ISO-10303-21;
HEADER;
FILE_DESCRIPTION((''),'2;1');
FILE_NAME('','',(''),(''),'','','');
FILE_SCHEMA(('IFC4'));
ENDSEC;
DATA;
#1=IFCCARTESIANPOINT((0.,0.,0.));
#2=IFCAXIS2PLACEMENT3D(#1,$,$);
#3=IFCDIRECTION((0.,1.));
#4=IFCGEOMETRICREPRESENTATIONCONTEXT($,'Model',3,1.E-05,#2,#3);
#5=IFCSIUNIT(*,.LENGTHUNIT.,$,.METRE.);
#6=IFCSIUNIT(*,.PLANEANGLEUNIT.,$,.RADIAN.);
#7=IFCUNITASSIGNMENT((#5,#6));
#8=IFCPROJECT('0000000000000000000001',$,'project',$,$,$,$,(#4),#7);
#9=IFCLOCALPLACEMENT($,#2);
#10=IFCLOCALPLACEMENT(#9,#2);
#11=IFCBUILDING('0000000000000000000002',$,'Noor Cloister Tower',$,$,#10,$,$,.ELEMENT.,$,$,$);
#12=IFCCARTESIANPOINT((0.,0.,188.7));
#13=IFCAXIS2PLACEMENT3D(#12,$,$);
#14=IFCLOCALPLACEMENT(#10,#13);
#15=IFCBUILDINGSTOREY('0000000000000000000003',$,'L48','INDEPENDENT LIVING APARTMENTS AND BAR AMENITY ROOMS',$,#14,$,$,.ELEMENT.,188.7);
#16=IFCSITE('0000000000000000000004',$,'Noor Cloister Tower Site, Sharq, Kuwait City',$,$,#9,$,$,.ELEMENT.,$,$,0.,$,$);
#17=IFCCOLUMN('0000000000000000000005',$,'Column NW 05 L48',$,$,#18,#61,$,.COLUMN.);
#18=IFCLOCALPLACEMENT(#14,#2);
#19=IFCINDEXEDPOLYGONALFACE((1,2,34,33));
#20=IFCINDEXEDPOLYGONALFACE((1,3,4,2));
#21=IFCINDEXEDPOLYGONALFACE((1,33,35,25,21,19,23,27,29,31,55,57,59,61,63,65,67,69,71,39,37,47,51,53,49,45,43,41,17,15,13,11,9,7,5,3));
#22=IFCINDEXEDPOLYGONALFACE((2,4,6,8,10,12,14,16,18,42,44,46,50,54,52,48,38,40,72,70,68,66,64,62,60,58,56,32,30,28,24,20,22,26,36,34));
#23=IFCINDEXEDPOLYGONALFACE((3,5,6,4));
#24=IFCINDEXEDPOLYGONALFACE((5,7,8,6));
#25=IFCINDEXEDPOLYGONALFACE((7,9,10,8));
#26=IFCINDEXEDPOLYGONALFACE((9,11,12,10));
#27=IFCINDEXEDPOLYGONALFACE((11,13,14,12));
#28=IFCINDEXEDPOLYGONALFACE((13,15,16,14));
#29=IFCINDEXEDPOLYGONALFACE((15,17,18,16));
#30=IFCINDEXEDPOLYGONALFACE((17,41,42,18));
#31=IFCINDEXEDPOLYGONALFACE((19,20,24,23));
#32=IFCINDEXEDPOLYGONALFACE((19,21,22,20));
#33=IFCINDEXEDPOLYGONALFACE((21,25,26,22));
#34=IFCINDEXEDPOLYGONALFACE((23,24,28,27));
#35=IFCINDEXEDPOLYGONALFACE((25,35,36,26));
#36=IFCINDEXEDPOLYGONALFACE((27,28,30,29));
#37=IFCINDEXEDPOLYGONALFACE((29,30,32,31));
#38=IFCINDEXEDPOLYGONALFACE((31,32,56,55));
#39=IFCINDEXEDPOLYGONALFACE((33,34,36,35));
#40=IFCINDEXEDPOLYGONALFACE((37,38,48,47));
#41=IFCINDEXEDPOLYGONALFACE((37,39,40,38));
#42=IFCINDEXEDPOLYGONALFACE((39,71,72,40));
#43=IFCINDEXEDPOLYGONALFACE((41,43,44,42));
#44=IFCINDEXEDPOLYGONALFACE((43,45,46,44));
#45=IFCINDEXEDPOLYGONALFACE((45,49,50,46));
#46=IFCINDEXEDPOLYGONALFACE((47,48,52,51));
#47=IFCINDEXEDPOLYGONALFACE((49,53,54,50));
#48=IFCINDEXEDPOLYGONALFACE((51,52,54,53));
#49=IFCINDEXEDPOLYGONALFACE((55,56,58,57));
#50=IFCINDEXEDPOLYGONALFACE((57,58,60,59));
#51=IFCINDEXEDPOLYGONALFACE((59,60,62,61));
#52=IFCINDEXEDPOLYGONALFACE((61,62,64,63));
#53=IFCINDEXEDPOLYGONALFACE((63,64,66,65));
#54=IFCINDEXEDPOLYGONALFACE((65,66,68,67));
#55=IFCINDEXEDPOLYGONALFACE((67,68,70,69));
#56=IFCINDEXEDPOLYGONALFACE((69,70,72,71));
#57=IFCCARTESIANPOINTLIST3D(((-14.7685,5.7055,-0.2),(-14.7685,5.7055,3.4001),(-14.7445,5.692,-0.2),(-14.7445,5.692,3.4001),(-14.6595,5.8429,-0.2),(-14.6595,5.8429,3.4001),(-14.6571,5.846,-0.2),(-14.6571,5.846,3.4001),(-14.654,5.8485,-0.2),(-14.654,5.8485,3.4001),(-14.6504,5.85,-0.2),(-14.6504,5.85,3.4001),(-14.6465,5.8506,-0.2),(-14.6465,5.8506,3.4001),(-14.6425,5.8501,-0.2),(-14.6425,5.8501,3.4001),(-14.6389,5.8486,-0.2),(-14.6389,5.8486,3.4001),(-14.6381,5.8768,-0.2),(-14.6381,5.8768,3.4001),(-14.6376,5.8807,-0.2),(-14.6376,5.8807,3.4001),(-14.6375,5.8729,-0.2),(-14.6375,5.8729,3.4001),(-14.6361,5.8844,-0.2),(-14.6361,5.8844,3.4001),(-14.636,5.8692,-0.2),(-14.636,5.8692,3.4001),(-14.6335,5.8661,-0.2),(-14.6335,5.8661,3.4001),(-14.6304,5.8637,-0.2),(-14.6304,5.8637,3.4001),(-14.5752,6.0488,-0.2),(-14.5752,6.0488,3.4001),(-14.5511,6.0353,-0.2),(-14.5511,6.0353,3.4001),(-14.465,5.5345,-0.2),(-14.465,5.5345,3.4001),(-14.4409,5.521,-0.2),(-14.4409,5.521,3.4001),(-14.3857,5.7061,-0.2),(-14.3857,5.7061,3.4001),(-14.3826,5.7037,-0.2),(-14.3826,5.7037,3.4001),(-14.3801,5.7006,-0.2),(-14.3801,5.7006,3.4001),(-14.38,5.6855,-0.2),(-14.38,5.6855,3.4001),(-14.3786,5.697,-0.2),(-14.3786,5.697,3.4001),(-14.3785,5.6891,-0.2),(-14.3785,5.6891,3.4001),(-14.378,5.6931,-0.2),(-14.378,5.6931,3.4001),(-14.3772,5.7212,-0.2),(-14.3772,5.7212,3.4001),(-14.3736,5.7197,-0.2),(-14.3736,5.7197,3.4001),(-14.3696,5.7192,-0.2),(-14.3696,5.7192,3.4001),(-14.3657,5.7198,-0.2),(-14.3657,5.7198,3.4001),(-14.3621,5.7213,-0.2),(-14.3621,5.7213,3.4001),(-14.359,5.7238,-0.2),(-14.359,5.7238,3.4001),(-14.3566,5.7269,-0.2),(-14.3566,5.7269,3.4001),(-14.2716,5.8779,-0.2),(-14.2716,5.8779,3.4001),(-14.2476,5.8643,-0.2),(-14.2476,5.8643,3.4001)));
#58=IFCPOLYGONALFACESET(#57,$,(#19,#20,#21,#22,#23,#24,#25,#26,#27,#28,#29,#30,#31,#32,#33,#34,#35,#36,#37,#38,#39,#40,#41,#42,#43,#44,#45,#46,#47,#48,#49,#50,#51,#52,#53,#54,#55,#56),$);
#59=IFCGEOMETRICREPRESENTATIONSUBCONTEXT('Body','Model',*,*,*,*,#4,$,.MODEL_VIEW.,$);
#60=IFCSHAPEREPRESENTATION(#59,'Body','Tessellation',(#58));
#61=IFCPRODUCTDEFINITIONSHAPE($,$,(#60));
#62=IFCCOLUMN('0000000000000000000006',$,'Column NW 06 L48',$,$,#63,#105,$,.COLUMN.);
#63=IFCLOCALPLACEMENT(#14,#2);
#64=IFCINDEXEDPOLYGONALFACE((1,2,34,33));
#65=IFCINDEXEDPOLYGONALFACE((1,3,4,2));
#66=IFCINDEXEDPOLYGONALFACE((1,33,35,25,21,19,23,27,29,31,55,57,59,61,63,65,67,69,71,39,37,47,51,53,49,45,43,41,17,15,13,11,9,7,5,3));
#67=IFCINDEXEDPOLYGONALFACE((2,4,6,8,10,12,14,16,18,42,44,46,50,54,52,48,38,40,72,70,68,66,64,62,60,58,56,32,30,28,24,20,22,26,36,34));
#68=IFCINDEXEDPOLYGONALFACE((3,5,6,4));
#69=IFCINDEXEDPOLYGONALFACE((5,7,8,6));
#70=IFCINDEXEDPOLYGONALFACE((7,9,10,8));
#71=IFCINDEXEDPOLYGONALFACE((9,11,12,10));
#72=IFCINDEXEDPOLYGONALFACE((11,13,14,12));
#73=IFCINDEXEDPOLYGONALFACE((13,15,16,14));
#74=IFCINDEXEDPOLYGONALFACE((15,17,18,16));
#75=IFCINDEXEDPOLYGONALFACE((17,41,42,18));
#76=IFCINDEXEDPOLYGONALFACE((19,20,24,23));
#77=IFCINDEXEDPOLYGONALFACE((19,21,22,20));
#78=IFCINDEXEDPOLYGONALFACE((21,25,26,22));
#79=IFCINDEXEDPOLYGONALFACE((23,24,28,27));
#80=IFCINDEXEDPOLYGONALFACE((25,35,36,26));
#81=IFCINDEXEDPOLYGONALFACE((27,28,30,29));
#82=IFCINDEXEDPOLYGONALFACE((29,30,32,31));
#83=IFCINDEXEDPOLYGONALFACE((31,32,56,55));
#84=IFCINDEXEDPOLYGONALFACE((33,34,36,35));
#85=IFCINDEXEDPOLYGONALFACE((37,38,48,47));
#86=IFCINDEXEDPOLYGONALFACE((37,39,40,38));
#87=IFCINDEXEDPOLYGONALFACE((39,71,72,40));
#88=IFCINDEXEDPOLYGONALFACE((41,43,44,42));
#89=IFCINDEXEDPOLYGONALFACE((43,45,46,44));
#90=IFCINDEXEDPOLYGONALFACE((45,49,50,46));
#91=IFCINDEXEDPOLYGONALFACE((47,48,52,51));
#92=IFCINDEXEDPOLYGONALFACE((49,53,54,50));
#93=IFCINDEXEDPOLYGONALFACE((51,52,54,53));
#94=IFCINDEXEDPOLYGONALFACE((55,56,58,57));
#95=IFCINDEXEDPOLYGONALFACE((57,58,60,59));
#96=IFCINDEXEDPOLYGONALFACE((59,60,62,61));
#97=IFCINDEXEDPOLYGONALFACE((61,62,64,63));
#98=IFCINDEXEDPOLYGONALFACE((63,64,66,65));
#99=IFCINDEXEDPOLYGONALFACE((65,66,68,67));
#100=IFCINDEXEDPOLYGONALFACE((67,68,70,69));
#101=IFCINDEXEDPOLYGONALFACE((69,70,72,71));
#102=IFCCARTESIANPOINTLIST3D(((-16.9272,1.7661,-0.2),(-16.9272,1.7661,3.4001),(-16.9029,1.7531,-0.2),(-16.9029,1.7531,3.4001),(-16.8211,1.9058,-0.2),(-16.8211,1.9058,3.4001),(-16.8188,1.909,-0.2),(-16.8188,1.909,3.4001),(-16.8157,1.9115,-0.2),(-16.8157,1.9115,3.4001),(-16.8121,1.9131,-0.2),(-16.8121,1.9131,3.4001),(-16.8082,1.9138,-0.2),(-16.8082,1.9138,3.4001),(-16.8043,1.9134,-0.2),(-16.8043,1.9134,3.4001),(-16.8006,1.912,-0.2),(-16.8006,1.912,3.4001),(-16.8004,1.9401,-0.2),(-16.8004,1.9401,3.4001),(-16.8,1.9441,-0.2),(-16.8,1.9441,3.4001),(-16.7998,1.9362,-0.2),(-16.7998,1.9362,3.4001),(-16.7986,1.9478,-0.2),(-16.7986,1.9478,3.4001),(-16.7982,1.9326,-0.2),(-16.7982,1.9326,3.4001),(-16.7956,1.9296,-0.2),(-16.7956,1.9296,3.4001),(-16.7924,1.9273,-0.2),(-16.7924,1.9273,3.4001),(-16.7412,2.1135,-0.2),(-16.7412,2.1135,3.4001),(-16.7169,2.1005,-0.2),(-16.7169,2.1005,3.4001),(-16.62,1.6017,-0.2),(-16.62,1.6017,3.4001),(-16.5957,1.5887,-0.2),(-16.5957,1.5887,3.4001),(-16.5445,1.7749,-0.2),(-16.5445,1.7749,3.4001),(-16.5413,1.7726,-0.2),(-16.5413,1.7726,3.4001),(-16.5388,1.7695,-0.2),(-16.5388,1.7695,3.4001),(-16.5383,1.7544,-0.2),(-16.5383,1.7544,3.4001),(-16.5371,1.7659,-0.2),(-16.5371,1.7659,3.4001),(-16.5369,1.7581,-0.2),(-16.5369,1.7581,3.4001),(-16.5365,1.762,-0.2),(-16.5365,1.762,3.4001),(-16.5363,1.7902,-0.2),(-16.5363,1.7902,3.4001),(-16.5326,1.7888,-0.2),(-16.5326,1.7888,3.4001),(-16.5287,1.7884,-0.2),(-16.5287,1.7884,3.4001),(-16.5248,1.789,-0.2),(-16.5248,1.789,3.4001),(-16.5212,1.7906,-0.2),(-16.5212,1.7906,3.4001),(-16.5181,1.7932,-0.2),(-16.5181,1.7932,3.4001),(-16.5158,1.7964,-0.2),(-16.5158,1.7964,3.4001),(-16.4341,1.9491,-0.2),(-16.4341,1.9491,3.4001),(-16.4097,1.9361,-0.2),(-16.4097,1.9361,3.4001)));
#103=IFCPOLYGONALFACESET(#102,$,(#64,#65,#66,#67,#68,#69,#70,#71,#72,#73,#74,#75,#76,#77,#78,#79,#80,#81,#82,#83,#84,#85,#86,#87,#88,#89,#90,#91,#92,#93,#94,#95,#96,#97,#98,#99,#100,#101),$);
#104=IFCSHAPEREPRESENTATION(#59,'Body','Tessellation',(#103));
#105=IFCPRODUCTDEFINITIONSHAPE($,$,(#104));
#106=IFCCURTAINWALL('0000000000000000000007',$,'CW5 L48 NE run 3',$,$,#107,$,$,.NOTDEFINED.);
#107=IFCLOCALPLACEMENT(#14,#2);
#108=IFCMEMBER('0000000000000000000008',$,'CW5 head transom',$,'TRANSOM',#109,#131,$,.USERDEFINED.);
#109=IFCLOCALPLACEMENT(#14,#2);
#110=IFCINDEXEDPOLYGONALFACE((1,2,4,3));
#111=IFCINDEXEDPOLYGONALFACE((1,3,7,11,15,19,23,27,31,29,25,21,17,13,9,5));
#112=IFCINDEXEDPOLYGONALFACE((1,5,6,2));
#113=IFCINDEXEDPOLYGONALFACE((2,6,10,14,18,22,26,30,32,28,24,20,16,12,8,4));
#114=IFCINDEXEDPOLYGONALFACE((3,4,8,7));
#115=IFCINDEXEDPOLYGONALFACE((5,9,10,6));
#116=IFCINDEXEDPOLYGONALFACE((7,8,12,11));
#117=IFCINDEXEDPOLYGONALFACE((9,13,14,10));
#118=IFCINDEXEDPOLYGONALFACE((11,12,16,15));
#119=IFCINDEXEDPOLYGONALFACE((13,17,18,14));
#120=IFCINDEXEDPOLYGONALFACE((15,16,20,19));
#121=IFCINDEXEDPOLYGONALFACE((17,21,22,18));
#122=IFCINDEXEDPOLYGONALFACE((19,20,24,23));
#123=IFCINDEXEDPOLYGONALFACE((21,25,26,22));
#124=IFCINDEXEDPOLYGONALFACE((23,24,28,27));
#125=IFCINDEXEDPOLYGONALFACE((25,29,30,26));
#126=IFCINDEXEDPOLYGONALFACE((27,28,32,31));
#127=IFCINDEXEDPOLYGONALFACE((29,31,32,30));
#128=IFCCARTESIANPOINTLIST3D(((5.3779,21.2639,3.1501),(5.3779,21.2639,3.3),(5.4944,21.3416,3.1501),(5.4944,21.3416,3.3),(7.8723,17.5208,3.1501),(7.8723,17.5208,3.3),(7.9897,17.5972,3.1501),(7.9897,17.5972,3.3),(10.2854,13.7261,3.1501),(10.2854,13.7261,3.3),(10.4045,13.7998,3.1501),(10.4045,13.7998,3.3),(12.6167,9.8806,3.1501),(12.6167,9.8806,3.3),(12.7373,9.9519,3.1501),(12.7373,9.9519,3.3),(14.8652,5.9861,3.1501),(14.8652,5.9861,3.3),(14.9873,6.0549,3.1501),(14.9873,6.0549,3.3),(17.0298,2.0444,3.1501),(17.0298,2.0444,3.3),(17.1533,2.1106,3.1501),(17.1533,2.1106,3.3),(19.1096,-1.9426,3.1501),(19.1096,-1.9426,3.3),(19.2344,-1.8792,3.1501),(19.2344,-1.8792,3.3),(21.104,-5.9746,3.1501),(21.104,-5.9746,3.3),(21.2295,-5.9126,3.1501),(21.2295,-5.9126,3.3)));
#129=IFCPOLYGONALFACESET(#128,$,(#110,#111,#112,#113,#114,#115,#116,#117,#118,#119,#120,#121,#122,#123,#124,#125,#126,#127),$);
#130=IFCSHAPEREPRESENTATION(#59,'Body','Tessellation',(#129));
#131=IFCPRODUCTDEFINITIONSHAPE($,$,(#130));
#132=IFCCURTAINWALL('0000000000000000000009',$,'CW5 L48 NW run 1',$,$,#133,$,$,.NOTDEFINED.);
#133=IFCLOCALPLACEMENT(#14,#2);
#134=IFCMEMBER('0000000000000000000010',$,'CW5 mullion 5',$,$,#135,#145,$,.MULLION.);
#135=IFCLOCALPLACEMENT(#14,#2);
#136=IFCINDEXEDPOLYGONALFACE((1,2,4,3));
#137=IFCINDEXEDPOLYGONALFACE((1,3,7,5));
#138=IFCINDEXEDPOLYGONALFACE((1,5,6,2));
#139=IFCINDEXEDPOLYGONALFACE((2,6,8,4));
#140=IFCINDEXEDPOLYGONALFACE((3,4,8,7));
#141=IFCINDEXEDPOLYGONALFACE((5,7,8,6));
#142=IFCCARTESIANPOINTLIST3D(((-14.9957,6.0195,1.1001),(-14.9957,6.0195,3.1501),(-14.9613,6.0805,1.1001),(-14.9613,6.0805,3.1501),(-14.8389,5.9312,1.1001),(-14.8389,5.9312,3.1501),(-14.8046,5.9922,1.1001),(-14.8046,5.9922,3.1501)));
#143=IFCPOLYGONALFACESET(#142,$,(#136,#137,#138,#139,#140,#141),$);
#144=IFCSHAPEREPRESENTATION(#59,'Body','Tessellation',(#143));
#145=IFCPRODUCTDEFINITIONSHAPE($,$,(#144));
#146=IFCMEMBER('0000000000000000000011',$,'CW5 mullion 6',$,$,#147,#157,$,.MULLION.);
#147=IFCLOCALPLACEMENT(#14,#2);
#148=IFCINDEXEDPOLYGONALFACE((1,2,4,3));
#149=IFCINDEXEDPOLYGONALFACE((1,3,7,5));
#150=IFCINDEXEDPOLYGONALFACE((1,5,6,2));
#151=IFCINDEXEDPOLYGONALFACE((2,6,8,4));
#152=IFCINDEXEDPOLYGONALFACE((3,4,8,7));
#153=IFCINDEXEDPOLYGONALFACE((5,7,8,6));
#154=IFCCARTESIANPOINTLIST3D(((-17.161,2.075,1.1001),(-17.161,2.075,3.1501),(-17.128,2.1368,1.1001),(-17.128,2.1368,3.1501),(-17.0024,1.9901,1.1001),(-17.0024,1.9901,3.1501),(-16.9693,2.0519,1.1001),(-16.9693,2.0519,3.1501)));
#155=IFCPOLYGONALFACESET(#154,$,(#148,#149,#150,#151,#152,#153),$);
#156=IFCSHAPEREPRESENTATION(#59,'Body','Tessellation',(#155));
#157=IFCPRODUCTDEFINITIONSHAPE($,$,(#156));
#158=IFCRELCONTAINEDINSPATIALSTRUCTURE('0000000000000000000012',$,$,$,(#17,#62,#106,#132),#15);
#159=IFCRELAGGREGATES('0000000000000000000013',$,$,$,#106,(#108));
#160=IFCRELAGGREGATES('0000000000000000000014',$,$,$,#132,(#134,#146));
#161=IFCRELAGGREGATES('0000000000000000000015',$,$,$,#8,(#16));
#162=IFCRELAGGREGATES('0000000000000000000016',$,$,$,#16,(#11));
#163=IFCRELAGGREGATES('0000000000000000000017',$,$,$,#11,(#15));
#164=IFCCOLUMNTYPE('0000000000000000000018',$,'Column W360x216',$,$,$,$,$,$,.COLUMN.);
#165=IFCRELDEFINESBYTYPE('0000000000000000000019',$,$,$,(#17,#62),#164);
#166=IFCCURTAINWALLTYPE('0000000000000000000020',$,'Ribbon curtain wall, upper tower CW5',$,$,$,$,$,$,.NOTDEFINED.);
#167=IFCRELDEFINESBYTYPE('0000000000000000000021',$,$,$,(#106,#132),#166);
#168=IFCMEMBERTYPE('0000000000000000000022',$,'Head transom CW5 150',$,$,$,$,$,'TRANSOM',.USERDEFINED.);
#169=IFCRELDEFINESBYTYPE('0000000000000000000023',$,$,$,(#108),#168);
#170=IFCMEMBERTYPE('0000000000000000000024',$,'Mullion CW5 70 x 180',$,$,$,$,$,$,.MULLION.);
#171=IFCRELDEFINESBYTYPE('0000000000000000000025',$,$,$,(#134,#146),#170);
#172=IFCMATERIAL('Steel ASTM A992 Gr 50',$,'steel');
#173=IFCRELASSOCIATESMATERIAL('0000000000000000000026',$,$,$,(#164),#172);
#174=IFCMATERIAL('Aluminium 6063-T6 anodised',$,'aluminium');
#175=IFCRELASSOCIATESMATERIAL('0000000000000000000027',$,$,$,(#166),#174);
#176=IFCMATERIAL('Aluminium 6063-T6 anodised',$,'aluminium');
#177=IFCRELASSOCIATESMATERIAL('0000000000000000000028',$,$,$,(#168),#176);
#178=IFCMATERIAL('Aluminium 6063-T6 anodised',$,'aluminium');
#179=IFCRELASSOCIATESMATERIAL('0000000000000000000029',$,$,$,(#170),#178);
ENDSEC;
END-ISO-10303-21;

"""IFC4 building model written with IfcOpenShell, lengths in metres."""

from ifc_helpers import new_model, si_unit, direction, frame, origin, origin_2d, place, context, subcontext, project, spatial, polyline, rectangle, i_section, outline, extrude, material, material_profile, profile_set, type_object, element, aggregate, save


model = new_model("IFC4")

# Units and contexts
model_context = context("Model", 3, precision=1e-05, world=origin(), true_north=direction((0.0, 1.0)))
body_context = subcontext(model_context, "Body", "Model", "MODEL_VIEW")
ifc_project = project(units=[si_unit("LENGTHUNIT", "METRE"), si_unit("PLANEANGLEUNIT", "RADIAN")], contexts=[model_context])

# Site, building, storey
site_placement = place(None, origin())
site = spatial("IfcSite", under=ifc_project, at=site_placement, Name="Noor Cloister Tower Site, Sharq, Kuwait City", CompositionType="ELEMENT", RefElevation=0.0)
building_placement = place(site_placement, origin())
building = spatial("IfcBuilding", under=site, at=building_placement, Name="Noor Cloister Tower", CompositionType="ELEMENT")
storey_placement = place(building_placement, frame((0.0, 0.0, 188.7)))
storey = spatial("IfcBuildingStorey", under=building, at=storey_placement, Name="L48", Description="INDEPENDENT LIVING APARTMENTS AND BAR AMENITY ROOMS", CompositionType="ELEMENT", Elevation=188.7)

# Columns
ifc_material_1 = material(Name="Steel ASTM A992 Gr 50", Category="steel")
ifc_material_profile_1 = material_profile(ifc_material_1, i_section(OverallWidth=0.394, OverallDepth=0.376, WebThickness=0.0173, FlangeThickness=0.0276, FilletRadius=0.0151, at=origin_2d()), Name="W360x216")
ifc_profile_set_1 = profile_set([ifc_material_profile_1], Name="Steel ASTM A992 Gr 50")
column_type = type_object("IfcColumnType", Name="Column W360x216", PredefinedType="COLUMN", material=ifc_profile_set_1)
for number, where, z_axis, x_axis, name in (
    (1, (-14.5081, 5.7849, -0.2), (0.0, 0.0, 1.0), (-0.490702, -0.871328, 0.0), "Column NW 05 L48"),
    (2, (-16.6685, 1.8511, -0.2), (0.0, 0.0, 1.0), (-0.471937, -0.881632, 0.0), "Column NW 06 L48"),
):
    element("IfcColumn", number, at=place(storey_placement, frame(where, z_axis=z_axis, x_axis=x_axis)), inside=storey, type_object=column_type, Name=name, PredefinedType="COLUMN", context=body_context, shape_type="SweptSolid", body=[
        extrude(i_section(OverallWidth=0.394, OverallDepth=0.376, WebThickness=0.0173, FlangeThickness=0.0276, FilletRadius=0.0151, at=origin_2d()), origin(), (0.0, 0.0, 1.0), 3.6001),
    ])

# Curtain wall, member
ifc_material_2 = material(Name="Aluminium 6063-T6 anodised", Category="aluminium")
curtain_wall_type = type_object("IfcCurtainWallType", Name="Ribbon curtain wall, upper tower CW5", PredefinedType="NOTDEFINED", material=ifc_material_2)
curtain_wall_1_placement = place(storey_placement, origin())
curtain_wall_1 = element("IfcCurtainWall", 3, at=curtain_wall_1_placement, inside=storey, type_object=curtain_wall_type, Name="CW5 L48 NE run 3", PredefinedType="NOTDEFINED")
ifc_material_3 = material(Name="Aluminium 6063-T6 anodised", Category="aluminium")
member_type_1 = type_object("IfcMemberType", Name="Head transom CW5 150", ElementType="TRANSOM", PredefinedType="USERDEFINED", material=ifc_material_3)
member_1_placement = place(storey_placement, frame((0.0, 0.0, 3.1501)))
member_1 = element("IfcMember", 4, at=member_1_placement, type_object=member_type_1, Name="CW5 head transom", ObjectType="TRANSOM", PredefinedType="USERDEFINED", context=body_context, shape_type="SweptSolid", body=[
    extrude(outline(polyline([(21.2295, -5.9126), (19.2344, -1.8792), (17.1533, 2.1106), (14.9873, 6.0549), (12.7373, 9.9519), (10.4045, 13.7998), (7.9897, 17.5972), (5.4944, 21.3416), (5.3779, 21.2639), (7.8723, 17.5208), (10.2854, 13.7261), (12.6167, 9.8806), (14.8652, 5.9861), (17.0298, 2.0444), (19.1096, -1.9426), (21.104, -5.9746), (21.2295, -5.9126)])), origin(), (0.0, 0.0, 1.0), 0.1499),
])
aggregate(curtain_wall_1, [member_1])

# Curtain wall, members
curtain_wall_2_placement = place(storey_placement, origin())
curtain_wall_2 = element("IfcCurtainWall", 5, at=curtain_wall_2_placement, inside=storey, type_object=curtain_wall_type, Name="CW5 L48 NW run 1", PredefinedType="NOTDEFINED")
ifc_material_4 = material(Name="Aluminium 6063-T6 anodised", Category="aluminium")
ifc_material_profile_2 = material_profile(ifc_material_4, rectangle(XDim=0.1799, YDim=0.0701, at=origin_2d()), Name="180 x 70 mullion")
ifc_profile_set_2 = profile_set([ifc_material_profile_2], Name="Aluminium 6063-T6 anodised")
member_type_2 = type_object("IfcMemberType", Name="Mullion CW5 70 x 180", PredefinedType="MULLION", material=ifc_profile_set_2)
member_2_placement = place(storey_placement, frame((-14.9001, 6.0059, 1.1001), z_axis=(0.0, 0.0, 1.0), x_axis=(0.871328, -0.490702, 0.0)))
member_2 = element("IfcMember", 6, at=member_2_placement, type_object=member_type_2, Name="CW5 mullion 5", PredefinedType="MULLION", context=body_context, shape_type="SweptSolid", body=[
    extrude(rectangle(XDim=0.1799, YDim=0.0701, at=origin_2d()), origin(), (0.0, 0.0, 1.0), 2.05),
])
member_3_placement = place(storey_placement, frame((-17.0652, 2.0635, 1.1001), z_axis=(0.0, 0.0, 1.0), x_axis=(0.881632, -0.471937, 0.0)))
member_3 = element("IfcMember", 7, at=member_3_placement, type_object=member_type_2, Name="CW5 mullion 6", PredefinedType="MULLION", context=body_context, shape_type="SweptSolid", body=[
    extrude(rectangle(XDim=0.1799, YDim=0.0701, at=origin_2d()), origin(), (0.0, 0.0, 1.0), 2.05),
])

aggregate(curtain_wall_2, [member_2, member_3])

save(model, "model.ifc")
